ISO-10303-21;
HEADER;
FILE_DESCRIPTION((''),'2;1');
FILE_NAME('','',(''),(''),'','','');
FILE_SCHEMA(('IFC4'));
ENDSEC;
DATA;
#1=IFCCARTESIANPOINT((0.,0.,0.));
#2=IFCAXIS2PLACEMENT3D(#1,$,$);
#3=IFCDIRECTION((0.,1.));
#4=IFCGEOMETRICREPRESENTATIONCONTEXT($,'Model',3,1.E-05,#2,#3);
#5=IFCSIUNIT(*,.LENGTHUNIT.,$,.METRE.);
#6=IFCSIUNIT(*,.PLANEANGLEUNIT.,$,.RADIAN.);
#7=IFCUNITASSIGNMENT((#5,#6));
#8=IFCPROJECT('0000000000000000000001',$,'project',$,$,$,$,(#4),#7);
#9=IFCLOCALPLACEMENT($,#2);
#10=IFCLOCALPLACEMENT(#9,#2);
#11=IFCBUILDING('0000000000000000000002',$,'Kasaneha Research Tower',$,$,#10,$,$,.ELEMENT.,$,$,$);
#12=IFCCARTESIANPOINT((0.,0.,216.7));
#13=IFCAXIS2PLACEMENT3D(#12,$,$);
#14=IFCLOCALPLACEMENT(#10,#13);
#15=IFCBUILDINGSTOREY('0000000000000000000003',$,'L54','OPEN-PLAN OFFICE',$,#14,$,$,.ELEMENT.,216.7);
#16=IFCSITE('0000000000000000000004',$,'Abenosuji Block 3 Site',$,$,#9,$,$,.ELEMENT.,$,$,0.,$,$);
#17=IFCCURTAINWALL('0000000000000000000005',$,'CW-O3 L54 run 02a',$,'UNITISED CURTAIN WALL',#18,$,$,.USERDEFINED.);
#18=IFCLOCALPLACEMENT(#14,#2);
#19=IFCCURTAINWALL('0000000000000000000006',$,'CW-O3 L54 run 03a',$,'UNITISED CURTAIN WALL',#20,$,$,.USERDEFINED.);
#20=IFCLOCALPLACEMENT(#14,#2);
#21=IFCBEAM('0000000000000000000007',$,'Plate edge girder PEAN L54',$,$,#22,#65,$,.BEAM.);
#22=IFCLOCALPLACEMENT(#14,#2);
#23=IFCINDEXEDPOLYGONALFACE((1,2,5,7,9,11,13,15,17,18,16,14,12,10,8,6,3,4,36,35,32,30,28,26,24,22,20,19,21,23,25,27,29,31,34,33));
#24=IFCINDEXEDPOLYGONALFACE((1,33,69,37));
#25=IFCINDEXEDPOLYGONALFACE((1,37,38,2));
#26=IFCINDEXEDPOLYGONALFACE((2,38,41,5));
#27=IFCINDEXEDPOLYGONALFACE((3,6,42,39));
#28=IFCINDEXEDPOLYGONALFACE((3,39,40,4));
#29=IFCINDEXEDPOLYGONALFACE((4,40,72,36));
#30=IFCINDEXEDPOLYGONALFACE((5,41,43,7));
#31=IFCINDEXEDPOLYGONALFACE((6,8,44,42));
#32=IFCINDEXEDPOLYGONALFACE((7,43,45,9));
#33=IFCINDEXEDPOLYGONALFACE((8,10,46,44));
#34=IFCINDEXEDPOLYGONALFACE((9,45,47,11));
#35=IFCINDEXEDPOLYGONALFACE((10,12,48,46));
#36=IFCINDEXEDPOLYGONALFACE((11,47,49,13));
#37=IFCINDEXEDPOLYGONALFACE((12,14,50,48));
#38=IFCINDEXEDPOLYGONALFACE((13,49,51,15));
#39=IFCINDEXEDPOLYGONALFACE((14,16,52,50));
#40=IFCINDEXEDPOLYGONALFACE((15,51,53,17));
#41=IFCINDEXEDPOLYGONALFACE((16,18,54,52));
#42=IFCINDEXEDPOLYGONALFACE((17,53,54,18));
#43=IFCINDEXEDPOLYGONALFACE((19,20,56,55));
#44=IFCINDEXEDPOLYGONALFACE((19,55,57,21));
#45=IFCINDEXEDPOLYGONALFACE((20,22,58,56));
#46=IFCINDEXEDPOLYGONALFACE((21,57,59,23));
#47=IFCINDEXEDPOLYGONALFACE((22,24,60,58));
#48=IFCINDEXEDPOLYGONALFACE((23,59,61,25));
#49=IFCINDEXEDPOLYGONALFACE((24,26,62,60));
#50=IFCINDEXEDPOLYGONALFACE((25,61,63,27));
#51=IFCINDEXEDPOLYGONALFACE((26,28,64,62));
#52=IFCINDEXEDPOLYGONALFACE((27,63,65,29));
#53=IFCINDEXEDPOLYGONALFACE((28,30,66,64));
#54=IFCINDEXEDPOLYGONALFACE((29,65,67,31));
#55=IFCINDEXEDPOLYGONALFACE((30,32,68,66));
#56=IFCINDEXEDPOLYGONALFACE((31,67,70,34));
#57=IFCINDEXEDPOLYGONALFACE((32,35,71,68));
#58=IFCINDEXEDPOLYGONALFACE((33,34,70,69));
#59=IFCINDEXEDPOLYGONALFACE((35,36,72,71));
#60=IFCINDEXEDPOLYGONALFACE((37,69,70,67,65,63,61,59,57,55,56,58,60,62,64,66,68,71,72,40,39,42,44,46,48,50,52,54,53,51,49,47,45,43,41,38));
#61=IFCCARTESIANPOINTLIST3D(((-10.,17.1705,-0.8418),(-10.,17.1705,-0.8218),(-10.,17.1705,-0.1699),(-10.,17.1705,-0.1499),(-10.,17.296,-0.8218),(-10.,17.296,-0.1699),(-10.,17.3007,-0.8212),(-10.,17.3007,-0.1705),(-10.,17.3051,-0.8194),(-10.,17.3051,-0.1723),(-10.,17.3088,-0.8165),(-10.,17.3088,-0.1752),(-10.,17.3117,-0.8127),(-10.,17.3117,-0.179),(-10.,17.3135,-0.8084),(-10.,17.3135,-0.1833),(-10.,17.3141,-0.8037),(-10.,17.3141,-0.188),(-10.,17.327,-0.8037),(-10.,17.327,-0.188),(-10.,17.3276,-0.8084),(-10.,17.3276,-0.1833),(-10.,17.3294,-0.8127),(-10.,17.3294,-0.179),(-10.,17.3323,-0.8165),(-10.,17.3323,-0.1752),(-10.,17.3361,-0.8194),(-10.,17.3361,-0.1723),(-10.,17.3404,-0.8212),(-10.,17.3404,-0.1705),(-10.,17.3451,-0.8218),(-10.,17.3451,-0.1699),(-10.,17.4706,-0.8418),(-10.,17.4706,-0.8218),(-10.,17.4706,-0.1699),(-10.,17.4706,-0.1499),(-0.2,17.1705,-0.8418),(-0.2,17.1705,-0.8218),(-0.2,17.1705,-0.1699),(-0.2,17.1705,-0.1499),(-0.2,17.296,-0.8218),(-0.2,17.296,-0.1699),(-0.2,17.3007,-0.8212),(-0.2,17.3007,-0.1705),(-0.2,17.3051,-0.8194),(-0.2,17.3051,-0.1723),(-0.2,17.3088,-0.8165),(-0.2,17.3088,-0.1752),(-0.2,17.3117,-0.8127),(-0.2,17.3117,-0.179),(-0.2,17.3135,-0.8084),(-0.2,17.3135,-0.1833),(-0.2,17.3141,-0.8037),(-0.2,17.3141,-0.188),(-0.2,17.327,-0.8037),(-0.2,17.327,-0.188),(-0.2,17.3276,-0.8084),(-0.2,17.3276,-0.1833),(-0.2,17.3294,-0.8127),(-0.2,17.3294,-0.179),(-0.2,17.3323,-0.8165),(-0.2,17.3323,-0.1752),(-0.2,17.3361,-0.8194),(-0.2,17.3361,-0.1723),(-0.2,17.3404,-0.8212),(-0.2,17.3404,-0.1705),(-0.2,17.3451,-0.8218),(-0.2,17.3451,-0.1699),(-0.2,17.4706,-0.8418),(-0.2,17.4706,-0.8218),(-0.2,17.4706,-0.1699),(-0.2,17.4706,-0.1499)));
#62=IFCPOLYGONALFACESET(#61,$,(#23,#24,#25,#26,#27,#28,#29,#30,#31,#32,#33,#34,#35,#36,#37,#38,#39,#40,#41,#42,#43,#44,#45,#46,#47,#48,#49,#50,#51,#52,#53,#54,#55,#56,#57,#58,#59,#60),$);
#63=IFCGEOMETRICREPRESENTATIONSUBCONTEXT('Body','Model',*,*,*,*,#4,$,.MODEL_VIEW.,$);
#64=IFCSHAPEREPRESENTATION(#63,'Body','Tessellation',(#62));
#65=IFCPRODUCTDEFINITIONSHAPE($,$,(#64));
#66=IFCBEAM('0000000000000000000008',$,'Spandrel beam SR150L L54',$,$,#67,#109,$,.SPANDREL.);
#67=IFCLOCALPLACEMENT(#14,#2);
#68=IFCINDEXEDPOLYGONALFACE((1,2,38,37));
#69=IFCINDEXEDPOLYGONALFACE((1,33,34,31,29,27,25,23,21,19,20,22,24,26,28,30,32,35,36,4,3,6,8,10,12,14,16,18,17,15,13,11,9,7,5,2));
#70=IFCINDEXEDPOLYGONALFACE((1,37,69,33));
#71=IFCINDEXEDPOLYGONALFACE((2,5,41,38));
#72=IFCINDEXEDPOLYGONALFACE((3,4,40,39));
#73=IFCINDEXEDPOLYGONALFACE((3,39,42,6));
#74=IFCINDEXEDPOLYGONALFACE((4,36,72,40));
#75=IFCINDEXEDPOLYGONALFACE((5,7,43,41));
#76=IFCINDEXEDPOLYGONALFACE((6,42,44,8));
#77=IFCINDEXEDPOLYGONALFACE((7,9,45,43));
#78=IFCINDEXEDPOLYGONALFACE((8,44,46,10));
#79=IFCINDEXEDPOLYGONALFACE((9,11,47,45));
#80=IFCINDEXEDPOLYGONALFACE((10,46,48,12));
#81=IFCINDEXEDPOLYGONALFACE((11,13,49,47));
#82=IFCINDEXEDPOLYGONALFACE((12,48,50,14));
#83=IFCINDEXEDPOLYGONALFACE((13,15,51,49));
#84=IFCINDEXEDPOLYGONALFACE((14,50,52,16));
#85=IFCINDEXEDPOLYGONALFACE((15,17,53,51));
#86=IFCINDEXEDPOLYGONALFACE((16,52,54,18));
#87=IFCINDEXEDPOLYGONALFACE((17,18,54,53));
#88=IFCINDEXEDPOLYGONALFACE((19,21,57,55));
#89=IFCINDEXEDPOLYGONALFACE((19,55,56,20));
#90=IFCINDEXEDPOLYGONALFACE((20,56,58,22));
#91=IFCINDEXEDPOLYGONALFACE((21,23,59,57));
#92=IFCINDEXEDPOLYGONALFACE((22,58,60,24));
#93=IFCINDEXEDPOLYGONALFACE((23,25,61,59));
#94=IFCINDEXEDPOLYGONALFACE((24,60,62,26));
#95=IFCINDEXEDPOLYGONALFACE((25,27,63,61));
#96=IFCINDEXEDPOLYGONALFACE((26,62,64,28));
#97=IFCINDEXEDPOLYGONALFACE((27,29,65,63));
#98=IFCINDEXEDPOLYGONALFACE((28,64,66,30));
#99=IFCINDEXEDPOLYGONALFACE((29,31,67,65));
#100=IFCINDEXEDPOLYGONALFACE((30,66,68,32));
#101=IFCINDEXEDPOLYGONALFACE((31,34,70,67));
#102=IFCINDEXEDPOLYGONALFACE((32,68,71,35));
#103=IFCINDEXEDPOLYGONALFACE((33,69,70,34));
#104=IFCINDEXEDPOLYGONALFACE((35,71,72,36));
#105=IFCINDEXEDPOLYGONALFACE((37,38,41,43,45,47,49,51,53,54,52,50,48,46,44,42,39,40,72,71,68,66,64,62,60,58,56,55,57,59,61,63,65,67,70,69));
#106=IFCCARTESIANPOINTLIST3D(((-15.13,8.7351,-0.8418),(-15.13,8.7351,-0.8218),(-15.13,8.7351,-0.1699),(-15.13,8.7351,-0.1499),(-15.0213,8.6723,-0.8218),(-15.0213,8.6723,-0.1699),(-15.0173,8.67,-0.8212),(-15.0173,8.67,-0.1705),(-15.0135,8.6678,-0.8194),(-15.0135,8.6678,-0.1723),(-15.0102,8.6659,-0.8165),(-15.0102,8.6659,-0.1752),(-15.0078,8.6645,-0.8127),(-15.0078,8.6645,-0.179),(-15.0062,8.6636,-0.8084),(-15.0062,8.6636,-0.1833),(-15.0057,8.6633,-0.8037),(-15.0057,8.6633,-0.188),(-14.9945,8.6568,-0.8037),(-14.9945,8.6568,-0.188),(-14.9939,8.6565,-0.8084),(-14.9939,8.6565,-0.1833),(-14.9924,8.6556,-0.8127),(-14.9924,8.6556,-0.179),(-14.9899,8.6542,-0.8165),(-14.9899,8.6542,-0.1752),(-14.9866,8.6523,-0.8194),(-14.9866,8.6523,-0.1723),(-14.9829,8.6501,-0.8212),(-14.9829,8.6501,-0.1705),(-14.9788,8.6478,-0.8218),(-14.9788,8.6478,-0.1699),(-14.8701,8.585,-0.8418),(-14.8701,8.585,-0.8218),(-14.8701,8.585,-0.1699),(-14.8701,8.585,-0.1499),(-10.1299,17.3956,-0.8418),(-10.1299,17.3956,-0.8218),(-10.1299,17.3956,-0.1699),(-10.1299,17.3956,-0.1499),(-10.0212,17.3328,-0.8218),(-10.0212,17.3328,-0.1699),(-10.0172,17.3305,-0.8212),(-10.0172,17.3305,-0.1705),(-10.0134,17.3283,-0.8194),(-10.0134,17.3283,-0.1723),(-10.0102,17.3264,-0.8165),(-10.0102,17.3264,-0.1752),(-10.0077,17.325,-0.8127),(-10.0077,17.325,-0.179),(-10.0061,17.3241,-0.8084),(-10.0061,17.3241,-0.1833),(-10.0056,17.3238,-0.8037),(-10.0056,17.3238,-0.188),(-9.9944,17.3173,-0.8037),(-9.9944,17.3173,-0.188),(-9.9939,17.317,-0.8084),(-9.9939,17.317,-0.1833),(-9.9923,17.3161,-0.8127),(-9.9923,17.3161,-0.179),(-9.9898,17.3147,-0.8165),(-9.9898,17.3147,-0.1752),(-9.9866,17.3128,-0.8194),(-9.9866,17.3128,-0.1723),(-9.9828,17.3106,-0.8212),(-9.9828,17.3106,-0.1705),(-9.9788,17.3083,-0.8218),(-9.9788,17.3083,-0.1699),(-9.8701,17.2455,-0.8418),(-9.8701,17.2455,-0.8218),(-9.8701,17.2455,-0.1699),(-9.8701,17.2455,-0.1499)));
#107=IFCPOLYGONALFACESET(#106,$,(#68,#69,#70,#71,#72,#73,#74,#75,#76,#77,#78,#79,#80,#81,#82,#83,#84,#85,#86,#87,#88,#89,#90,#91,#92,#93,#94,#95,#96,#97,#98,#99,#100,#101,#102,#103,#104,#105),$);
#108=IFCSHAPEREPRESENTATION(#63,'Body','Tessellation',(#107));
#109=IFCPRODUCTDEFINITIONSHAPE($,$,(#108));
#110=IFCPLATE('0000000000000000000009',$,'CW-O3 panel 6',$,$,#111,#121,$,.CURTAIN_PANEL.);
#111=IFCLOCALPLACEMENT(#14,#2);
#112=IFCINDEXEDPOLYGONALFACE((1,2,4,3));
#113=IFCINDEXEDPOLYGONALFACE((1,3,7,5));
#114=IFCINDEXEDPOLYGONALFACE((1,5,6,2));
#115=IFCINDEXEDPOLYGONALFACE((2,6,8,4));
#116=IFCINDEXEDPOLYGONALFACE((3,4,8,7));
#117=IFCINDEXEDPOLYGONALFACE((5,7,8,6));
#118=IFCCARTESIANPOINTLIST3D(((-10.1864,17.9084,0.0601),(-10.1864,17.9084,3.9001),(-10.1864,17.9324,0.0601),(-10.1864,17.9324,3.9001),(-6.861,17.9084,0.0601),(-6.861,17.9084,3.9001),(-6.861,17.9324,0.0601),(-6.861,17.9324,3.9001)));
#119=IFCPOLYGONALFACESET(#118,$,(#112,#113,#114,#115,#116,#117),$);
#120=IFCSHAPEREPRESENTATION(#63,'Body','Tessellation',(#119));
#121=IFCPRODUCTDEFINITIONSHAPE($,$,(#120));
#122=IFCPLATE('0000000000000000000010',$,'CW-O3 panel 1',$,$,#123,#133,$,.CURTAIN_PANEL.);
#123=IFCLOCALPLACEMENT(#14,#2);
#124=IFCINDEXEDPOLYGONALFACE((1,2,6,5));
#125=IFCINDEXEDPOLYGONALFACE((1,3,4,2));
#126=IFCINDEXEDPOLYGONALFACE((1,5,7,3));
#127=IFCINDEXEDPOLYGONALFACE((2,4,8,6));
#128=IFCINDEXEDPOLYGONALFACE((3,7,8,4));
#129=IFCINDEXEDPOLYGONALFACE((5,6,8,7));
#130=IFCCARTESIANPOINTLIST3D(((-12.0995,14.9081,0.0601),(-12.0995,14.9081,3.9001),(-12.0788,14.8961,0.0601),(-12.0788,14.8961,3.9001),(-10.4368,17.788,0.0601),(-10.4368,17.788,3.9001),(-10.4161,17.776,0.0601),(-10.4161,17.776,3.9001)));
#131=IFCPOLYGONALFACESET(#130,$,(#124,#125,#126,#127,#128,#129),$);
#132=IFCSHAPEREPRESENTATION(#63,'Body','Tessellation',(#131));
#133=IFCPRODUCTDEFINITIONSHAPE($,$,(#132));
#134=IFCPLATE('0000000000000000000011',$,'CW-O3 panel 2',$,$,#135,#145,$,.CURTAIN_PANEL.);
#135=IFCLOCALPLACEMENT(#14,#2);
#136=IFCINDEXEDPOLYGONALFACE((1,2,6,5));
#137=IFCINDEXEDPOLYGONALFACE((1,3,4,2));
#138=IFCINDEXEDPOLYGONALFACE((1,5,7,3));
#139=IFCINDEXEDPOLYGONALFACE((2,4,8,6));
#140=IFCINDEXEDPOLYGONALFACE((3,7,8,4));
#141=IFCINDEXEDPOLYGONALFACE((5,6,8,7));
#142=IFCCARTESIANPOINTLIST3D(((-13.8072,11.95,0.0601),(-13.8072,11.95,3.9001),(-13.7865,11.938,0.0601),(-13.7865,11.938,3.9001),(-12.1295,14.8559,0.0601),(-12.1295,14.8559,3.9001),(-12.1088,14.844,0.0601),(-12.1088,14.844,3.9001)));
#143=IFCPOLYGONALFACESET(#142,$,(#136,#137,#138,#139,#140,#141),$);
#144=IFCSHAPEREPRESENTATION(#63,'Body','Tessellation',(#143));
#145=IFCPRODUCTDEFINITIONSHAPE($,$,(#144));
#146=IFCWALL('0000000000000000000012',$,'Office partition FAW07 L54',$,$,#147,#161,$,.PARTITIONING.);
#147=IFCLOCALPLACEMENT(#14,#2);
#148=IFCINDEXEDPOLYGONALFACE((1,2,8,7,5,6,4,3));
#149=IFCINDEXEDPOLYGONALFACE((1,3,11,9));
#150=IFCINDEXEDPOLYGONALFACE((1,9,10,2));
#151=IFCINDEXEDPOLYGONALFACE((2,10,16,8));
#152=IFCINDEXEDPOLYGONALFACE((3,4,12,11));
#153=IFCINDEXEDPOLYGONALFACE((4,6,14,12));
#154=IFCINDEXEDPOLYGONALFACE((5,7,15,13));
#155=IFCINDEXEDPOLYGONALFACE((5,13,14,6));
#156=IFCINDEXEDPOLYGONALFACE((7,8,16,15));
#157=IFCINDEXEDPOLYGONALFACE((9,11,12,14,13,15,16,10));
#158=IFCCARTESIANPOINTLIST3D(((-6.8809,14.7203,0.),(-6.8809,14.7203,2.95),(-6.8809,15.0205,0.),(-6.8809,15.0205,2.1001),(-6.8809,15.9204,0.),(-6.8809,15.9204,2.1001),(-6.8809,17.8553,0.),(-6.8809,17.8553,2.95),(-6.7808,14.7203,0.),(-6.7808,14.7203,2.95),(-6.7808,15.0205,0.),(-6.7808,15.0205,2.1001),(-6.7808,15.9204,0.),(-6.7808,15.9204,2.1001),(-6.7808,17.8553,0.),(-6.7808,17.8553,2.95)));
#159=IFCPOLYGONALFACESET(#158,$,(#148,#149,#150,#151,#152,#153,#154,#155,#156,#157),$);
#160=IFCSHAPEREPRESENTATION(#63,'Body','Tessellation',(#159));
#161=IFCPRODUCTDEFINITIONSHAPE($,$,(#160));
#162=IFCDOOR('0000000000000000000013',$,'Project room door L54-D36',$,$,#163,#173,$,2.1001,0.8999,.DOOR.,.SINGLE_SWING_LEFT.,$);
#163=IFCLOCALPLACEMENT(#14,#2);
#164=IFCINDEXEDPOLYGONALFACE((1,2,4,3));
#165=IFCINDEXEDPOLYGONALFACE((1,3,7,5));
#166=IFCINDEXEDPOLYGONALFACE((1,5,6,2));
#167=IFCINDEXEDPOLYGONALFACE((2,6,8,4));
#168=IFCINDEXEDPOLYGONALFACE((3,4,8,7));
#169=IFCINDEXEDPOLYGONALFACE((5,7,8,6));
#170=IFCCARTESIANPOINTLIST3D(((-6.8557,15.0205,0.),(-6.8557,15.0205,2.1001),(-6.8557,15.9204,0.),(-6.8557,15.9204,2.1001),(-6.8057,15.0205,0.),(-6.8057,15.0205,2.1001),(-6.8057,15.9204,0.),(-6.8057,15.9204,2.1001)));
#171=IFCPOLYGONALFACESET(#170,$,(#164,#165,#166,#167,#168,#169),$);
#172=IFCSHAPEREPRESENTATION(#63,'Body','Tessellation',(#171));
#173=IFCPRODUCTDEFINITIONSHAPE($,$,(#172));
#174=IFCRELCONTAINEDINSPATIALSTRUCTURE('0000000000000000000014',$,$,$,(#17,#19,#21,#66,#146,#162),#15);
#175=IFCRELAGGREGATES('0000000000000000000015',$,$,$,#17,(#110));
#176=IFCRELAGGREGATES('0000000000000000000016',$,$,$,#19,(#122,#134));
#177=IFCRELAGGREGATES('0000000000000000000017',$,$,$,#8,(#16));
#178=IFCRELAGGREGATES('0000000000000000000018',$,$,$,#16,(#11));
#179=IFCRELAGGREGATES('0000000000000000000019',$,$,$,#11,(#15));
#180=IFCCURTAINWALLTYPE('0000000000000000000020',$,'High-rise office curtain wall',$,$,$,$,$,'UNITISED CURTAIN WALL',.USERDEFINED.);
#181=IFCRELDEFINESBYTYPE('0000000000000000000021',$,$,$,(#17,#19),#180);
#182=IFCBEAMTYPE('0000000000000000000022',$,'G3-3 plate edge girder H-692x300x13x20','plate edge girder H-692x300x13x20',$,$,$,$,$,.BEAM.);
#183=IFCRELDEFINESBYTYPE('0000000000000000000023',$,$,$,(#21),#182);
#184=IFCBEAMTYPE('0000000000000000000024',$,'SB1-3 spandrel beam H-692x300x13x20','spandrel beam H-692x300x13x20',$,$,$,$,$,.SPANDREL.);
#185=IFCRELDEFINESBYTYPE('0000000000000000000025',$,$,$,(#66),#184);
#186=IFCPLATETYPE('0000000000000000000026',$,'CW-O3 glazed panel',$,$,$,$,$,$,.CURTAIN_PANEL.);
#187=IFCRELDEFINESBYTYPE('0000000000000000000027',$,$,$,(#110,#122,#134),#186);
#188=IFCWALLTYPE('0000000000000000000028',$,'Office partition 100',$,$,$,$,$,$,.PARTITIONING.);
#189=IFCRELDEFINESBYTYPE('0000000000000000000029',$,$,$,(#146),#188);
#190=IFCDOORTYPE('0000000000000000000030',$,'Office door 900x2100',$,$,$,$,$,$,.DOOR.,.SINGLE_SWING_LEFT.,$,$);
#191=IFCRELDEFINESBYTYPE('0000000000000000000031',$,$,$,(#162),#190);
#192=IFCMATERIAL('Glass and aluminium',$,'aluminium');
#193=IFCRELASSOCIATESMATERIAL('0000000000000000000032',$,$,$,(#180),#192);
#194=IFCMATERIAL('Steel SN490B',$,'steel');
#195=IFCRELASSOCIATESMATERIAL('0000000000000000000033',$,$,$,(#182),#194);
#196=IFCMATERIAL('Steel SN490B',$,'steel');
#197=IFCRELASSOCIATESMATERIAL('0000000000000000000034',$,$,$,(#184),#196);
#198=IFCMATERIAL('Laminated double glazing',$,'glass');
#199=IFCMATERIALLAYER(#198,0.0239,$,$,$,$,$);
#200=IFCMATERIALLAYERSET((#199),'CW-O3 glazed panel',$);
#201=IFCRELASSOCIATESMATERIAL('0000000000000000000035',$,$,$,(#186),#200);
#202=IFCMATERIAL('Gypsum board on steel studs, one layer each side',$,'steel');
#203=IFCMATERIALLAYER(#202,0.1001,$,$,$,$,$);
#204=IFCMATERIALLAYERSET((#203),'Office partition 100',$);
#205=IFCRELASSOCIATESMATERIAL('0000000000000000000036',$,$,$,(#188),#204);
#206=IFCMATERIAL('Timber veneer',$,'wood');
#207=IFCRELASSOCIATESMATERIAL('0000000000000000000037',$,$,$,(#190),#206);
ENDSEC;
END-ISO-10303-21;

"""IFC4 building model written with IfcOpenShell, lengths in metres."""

from ifc_helpers import new_model, si_unit, direction, frame, frame_2d, origin, origin_2d, place, context, subcontext, project, spatial, rectangle, i_section, extrude, material, layer, layer_set, material_profile, profile_set, type_object, element, fill, aggregate, save


model = new_model("IFC4")

# Units and contexts
model_context = context("Model", 3, precision=1e-05, world=origin(), true_north=direction((0.0, 1.0)))
body_context = subcontext(model_context, "Body", "Model", "MODEL_VIEW")
ifc_project = project(units=[si_unit("LENGTHUNIT", "METRE"), si_unit("PLANEANGLEUNIT", "RADIAN")], contexts=[model_context])

# Site, building, storey
site_placement = place(None, origin())
site = spatial("IfcSite", under=ifc_project, at=site_placement, Name="Abenosuji Block 3 Site", CompositionType="ELEMENT", RefElevation=0.0)
building_placement = place(site_placement, origin())
building = spatial("IfcBuilding", under=site, at=building_placement, Name="Kasaneha Research Tower", CompositionType="ELEMENT")
storey_placement = place(building_placement, frame((0.0, 0.0, 216.7)))
storey = spatial("IfcBuildingStorey", under=building, at=storey_placement, Name="L54", Description="OPEN-PLAN OFFICE", CompositionType="ELEMENT", Elevation=216.7)

# Curtain walls
ifc_material_1 = material(Name="Glass and aluminium", Category="aluminium")
curtain_wall_type = type_object("IfcCurtainWallType", Name="High-rise office curtain wall", ElementType="UNITISED CURTAIN WALL", PredefinedType="USERDEFINED", material=ifc_material_1)
curtain_wall_1_placement = place(storey_placement, origin())
curtain_wall_1 = element("IfcCurtainWall", 1, at=curtain_wall_1_placement, inside=storey, type_object=curtain_wall_type, Name="CW-O3 L54 run 02a", ObjectType="UNITISED CURTAIN WALL", PredefinedType="USERDEFINED")
curtain_wall_2_placement = place(storey_placement, origin())
curtain_wall_2 = element("IfcCurtainWall", 2, at=curtain_wall_2_placement, inside=storey, type_object=curtain_wall_type, Name="CW-O3 L54 run 03a", ObjectType="UNITISED CURTAIN WALL", PredefinedType="USERDEFINED")

# Beams
ifc_material_2 = material(Name="Steel SN490B", Category="steel")
ifc_material_profile_1 = material_profile(ifc_material_2, i_section(OverallWidth=0.3, OverallDepth=0.6919, WebThickness=0.0129, FlangeThickness=0.02, FilletRadius=0.0181, at=origin_2d()), Name="H-692x300x13x20")
ifc_profile_set_1 = profile_set([ifc_material_profile_1], Name="Steel SN490B")
beam_type_1 = type_object("IfcBeamType", Name="G3-3 plate edge girder H-692x300x13x20", Description="plate edge girder H-692x300x13x20", PredefinedType="BEAM", material=ifc_profile_set_1)
beam_1_placement = place(storey_placement, frame((-10.0, 17.3206, -0.4958), z_axis=(1.0, 0.0, 0.0), x_axis=(0.0, 1.0, 0.0)))
element("IfcBeam", 3, at=beam_1_placement, inside=storey, type_object=beam_type_1, Name="Plate edge girder PEAN L54", PredefinedType="BEAM", context=body_context, shape_type="SweptSolid", body=[
    extrude(i_section(OverallWidth=0.3, OverallDepth=0.6919, WebThickness=0.0129, FlangeThickness=0.02, FilletRadius=0.0181, at=origin_2d()), origin(), (0.0, 0.0, 1.0), 9.8),
])
ifc_material_3 = material(Name="Steel SN490B", Category="steel")
ifc_material_profile_2 = material_profile(ifc_material_3, i_section(OverallWidth=0.3, OverallDepth=0.6919, WebThickness=0.0129, FlangeThickness=0.02, FilletRadius=0.0181, at=origin_2d()), Name="H-692x300x13x20")
ifc_profile_set_2 = profile_set([ifc_material_profile_2], Name="Steel SN490B")
beam_type_2 = type_object("IfcBeamType", Name="SB1-3 spandrel beam H-692x300x13x20", Description="spandrel beam H-692x300x13x20", PredefinedType="SPANDREL", material=ifc_profile_set_2)
beam_2_placement = place(storey_placement, frame((-10.0, 17.3206, -0.4958), z_axis=(-0.499994, -0.866029, 0.0), x_axis=(0.866029, -0.499994, 0.0)))
element("IfcBeam", 4, at=beam_2_placement, inside=storey, type_object=beam_type_2, Name="Spandrel beam SR150L L54", PredefinedType="SPANDREL", context=body_context, shape_type="SweptSolid", body=[
    extrude(i_section(OverallWidth=0.3, OverallDepth=0.6919, WebThickness=0.0129, FlangeThickness=0.02, FilletRadius=0.0181, at=origin_2d()), origin(), (0.0, 0.0, 1.0), 10.0002),
])

# Plates
ifc_material_4 = material(Name="Laminated double glazing", Category="glass")
ifc_layer_1 = layer(ifc_material_4, 0.0239)
ifc_layer_set_1 = layer_set([ifc_layer_1], Name="CW-O3 glazed panel")
plate_type = type_object("IfcPlateType", Name="CW-O3 glazed panel", PredefinedType="CURTAIN_PANEL", material=ifc_layer_set_1)
plate_1_placement = place(storey_placement, frame((-8.5237, 17.9204, 0.0601), z_axis=(0.0, 0.0, 1.0), x_axis=(-1.0, 0.0, 0.0)))
plate_1 = element("IfcPlate", 5, at=plate_1_placement, type_object=plate_type, Name="CW-O3 panel 6", PredefinedType="CURTAIN_PANEL", context=body_context, shape_type="SweptSolid", body=[
    extrude(rectangle(XDim=3.3254, YDim=0.0239, at=origin_2d()), origin(), (0.0, 0.0, 1.0), 3.8401),
])
aggregate(curtain_wall_1, [plate_1])
plate_2_placement = place(storey_placement, frame((-11.2578, 16.342, 0.0601), z_axis=(0.0, 0.0, 1.0), x_axis=(-0.5, -0.866025, 0.0)))
plate_2 = element("IfcPlate", 6, at=plate_2_placement, type_object=plate_type, Name="CW-O3 panel 1", PredefinedType="CURTAIN_PANEL", context=body_context, shape_type="SweptSolid", body=[
    extrude(rectangle(XDim=3.3254, YDim=0.0239, at=origin_2d()), origin(), (0.0, 0.0, 1.0), 3.8401),
])
plate_3_placement = place(storey_placement, frame((-12.958, 13.397, 0.0601), z_axis=(0.0, 0.0, 1.0), x_axis=(-0.5, -0.866025, 0.0)))
plate_3 = element("IfcPlate", 7, at=plate_3_placement, type_object=plate_type, Name="CW-O3 panel 2", PredefinedType="CURTAIN_PANEL", context=body_context, shape_type="SweptSolid", body=[
    extrude(rectangle(XDim=3.3555, YDim=0.0239, at=origin_2d()), origin(), (0.0, 0.0, 1.0), 3.8401),
])
aggregate(curtain_wall_2, [plate_2, plate_3])

# Wall, opening, door
ifc_material_5 = material(Name="Gypsum board on steel studs, one layer each side", Category="steel")
ifc_layer_2 = layer(ifc_material_5, 0.1001)
ifc_layer_set_2 = layer_set([ifc_layer_2], Name="Office partition 100")
wall_type_1 = type_object("IfcWallType", Name="Office partition 100", PredefinedType="PARTITIONING", material=ifc_layer_set_2)
wall_1_placement = place(storey_placement, frame((-6.8308, 14.7205, 0.0), z_axis=(0.0, 0.0, 1.0), x_axis=(0.0, 1.0, 0.0)))
wall_1 = element("IfcWall", 8, at=wall_1_placement, inside=storey, type_object=wall_type_1, Name="Office partition FAW07 L54", PredefinedType="PARTITIONING", context=body_context, shape_type="SweptSolid", body=[
    extrude(rectangle(XDim=3.135, YDim=0.1001, at=frame_2d((1.5674, 0.0))), origin(), (0.0, 0.0, 1.0), 2.95),
])
opening_1_placement = place(wall_1_placement, frame((0.3, 0.0, 0.0)))
opening_1 = element("IfcOpeningElement", 9, at=opening_1_placement, cuts=wall_1, PredefinedType="OPENING", context=body_context, shape_type="SweptSolid", body=[
    extrude(rectangle(XDim=0.8999, YDim=2.1001, at=frame_2d((0.45, 1.05))), frame((0.0, 0.0601, 0.0), z_axis=(0.0, -1.0, 0.0), x_axis=(1.0, 0.0, 0.0)), (0.0, 0.0, 1.0), 0.1201),
])
ifc_material_6 = material(Name="Timber veneer", Category="wood")
door_type_1 = type_object("IfcDoorType", Name="Office door 900x2100", OperationType="SINGLE_SWING_LEFT", PredefinedType="DOOR", material=ifc_material_6)
door_1_placement = place(opening_1_placement, origin())
door_1 = element("IfcDoor", 10, at=door_1_placement, inside=storey, type_object=door_type_1, Name="Project room door L54-D36", OperationType="SINGLE_SWING_LEFT", OverallHeight=2.1001, OverallWidth=0.8999, PredefinedType="DOOR", context=body_context, shape_type="SweptSolid", body=[
    extrude(rectangle(XDim=0.8999, YDim=2.1001, at=frame_2d((0.45, 1.05))), frame((0.0, 0.0249, 0.0), z_axis=(0.0, -1.0, 0.0), x_axis=(1.0, 0.0, 0.0)), (0.0, 0.0, 1.0), 0.05),
])
fill(opening_1, door_1)

save(model, "model.ifc")
